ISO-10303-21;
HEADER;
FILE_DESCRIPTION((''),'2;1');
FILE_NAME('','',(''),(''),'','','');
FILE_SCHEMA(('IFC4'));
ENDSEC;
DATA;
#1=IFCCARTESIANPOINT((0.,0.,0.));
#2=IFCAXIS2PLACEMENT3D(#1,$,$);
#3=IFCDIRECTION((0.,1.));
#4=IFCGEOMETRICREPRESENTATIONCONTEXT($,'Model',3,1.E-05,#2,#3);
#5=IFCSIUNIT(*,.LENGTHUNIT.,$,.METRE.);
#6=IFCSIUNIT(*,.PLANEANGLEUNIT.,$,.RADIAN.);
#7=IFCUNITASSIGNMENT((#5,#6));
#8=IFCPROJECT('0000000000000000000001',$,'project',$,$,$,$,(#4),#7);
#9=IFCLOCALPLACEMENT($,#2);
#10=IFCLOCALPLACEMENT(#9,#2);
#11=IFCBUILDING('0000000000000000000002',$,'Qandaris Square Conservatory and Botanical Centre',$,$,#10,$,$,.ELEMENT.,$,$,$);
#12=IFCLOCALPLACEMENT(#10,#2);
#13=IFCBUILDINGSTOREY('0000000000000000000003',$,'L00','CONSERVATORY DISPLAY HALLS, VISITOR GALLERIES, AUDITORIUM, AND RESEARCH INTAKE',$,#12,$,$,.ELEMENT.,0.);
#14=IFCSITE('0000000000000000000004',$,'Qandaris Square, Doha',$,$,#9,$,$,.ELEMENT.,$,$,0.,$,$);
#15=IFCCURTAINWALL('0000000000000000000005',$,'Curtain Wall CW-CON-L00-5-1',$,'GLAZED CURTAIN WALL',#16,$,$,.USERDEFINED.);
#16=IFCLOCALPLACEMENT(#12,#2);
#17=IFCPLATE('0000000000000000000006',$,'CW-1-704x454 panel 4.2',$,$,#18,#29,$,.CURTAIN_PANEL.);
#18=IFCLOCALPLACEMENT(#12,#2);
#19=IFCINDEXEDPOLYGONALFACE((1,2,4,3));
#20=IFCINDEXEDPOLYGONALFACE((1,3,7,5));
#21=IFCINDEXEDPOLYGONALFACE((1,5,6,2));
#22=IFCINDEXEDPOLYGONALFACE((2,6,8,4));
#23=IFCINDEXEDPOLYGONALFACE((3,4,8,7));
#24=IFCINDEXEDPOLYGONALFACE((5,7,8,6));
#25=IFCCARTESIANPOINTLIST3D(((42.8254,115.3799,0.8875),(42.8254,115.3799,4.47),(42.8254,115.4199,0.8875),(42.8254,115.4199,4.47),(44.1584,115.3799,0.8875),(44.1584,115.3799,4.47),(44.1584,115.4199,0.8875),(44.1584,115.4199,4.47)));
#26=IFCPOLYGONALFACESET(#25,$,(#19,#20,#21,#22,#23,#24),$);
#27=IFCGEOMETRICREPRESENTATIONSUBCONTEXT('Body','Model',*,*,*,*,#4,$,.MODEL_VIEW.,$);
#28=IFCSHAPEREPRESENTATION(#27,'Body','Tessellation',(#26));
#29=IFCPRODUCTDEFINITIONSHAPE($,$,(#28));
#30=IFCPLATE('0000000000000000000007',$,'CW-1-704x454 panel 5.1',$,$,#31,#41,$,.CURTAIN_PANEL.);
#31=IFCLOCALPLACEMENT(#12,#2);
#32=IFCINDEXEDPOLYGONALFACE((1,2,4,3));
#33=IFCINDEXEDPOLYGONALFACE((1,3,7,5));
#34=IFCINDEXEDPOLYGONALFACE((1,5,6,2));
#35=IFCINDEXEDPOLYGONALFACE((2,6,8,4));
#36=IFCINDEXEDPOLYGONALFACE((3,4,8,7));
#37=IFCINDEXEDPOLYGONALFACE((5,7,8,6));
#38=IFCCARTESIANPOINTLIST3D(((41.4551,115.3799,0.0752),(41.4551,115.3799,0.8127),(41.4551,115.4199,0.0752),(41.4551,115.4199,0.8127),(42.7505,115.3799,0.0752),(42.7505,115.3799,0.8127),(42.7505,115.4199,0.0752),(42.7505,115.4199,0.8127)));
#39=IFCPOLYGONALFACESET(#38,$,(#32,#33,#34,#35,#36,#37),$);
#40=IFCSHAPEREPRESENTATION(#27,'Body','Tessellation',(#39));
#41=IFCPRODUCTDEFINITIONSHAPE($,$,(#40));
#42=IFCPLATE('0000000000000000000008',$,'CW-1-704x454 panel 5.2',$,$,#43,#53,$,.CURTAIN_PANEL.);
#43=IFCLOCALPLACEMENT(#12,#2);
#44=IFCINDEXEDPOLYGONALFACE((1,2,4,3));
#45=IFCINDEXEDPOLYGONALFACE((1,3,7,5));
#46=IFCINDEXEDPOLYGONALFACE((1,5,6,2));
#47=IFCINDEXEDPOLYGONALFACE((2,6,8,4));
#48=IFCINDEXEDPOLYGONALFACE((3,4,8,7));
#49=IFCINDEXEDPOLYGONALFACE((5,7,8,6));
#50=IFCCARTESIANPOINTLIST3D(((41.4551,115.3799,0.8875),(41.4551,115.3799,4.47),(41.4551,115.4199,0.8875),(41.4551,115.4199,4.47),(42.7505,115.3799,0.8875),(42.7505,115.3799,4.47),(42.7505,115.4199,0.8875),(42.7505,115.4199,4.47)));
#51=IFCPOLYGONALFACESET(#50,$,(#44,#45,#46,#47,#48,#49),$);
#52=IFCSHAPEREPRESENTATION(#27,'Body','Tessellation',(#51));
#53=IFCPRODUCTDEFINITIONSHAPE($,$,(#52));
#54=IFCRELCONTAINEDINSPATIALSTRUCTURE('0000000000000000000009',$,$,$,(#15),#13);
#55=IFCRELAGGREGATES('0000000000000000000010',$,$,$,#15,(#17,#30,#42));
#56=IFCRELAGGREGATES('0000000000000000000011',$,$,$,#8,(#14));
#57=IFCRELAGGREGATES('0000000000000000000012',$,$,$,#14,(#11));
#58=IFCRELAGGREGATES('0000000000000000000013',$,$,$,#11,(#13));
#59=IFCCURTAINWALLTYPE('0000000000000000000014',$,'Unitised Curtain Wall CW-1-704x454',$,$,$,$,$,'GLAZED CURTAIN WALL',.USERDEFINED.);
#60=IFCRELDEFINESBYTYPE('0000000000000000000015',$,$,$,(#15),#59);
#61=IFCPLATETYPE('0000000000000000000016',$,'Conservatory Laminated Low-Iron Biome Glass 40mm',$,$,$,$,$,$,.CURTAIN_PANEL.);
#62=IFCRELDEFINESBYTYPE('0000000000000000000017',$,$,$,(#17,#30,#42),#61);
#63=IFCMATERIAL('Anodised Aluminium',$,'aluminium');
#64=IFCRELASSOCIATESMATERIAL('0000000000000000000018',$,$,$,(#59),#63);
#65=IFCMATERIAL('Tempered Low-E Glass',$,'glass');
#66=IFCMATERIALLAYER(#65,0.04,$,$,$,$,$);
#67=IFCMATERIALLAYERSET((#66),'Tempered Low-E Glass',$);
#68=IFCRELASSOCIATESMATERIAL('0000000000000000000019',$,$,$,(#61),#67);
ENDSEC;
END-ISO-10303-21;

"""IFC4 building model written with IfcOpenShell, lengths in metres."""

from ifc_helpers import new_model, si_unit, direction, frame, origin, origin_2d, place, context, subcontext, project, spatial, rectangle, extrude, material, layer, layer_set, type_object, element, aggregate, save


model = new_model("IFC4")

# Units and contexts
model_context = context("Model", 3, precision=1e-05, world=origin(), true_north=direction((0.0, 1.0)))
body_context = subcontext(model_context, "Body", "Model", "MODEL_VIEW")
ifc_project = project(units=[si_unit("LENGTHUNIT", "METRE"), si_unit("PLANEANGLEUNIT", "RADIAN")], contexts=[model_context])

# Site, building, storey
site_placement = place(None, origin())
site = spatial("IfcSite", under=ifc_project, at=site_placement, Name="Qandaris Square, Doha", CompositionType="ELEMENT", RefElevation=0.0)
building_placement = place(site_placement, origin())
building = spatial("IfcBuilding", under=site, at=building_placement, Name="Qandaris Square Conservatory and Botanical Centre", CompositionType="ELEMENT")
storey_placement = place(building_placement, origin())
storey = spatial("IfcBuildingStorey", under=building, at=storey_placement, Name="L00", Description="CONSERVATORY DISPLAY HALLS, VISITOR GALLERIES, AUDITORIUM, AND RESEARCH INTAKE", CompositionType="ELEMENT", Elevation=0.0)

# Curtain wall
ifc_material_1 = material(Name="Anodised Aluminium", Category="aluminium")
curtain_wall_type = type_object("IfcCurtainWallType", Name="Unitised Curtain Wall CW-1-704x454", ElementType="GLAZED CURTAIN WALL", PredefinedType="USERDEFINED", material=ifc_material_1)
curtain_wall_placement = place(storey_placement, origin())
curtain_wall = element("IfcCurtainWall", 1, at=curtain_wall_placement, inside=storey, type_object=curtain_wall_type, Name="Curtain Wall CW-CON-L00-5-1", ObjectType="GLAZED CURTAIN WALL", PredefinedType="USERDEFINED")

# Plates
ifc_material_2 = material(Name="Tempered Low-E Glass", Category="glass")
ifc_layer = layer(ifc_material_2, 0.04)
ifc_layer_set = layer_set([ifc_layer], Name="Tempered Low-E Glass")
plate_type = type_object("IfcPlateType", Name="Conservatory Laminated Low-Iron Biome Glass 40mm", PredefinedType="CURTAIN_PANEL", material=ifc_layer_set)
plate_1_placement = place(storey_placement, frame((43.4919, 115.3999, 0.8875), z_axis=(0.0, 0.0, 1.0), x_axis=(-1.0, 0.0, 0.0)))
plate_1 = element("IfcPlate", 2, at=plate_1_placement, type_object=plate_type, Name="CW-1-704x454 panel 4.2", PredefinedType="CURTAIN_PANEL", context=body_context, shape_type="SweptSolid", body=[
    extrude(rectangle(XDim=1.333, YDim=0.04, at=origin_2d()), origin(), (0.0, 0.0, 1.0), 3.5825),
])
plate_2_placement = place(storey_placement, frame((42.1028, 115.3999, 0.0752), z_axis=(0.0, 0.0, 1.0), x_axis=(-1.0, 0.0, 0.0)))
plate_2 = element("IfcPlate", 3, at=plate_2_placement, type_object=plate_type, Name="CW-1-704x454 panel 5.1", PredefinedType="CURTAIN_PANEL", context=body_context, shape_type="SweptSolid", body=[
    extrude(rectangle(XDim=1.2954, YDim=0.04, at=origin_2d()), origin(), (0.0, 0.0, 1.0), 0.7375),
])
plate_3_placement = place(storey_placement, frame((42.1028, 115.3999, 0.8875), z_axis=(0.0, 0.0, 1.0), x_axis=(-1.0, 0.0, 0.0)))
plate_3 = element("IfcPlate", 4, at=plate_3_placement, type_object=plate_type, Name="CW-1-704x454 panel 5.2", PredefinedType="CURTAIN_PANEL", context=body_context, shape_type="SweptSolid", body=[
    extrude(rectangle(XDim=1.2954, YDim=0.04, at=origin_2d()), origin(), (0.0, 0.0, 1.0), 3.5825),
])
aggregate(curtain_wall, [plate_1, plate_2, plate_3])

save(model, "model.ifc")
